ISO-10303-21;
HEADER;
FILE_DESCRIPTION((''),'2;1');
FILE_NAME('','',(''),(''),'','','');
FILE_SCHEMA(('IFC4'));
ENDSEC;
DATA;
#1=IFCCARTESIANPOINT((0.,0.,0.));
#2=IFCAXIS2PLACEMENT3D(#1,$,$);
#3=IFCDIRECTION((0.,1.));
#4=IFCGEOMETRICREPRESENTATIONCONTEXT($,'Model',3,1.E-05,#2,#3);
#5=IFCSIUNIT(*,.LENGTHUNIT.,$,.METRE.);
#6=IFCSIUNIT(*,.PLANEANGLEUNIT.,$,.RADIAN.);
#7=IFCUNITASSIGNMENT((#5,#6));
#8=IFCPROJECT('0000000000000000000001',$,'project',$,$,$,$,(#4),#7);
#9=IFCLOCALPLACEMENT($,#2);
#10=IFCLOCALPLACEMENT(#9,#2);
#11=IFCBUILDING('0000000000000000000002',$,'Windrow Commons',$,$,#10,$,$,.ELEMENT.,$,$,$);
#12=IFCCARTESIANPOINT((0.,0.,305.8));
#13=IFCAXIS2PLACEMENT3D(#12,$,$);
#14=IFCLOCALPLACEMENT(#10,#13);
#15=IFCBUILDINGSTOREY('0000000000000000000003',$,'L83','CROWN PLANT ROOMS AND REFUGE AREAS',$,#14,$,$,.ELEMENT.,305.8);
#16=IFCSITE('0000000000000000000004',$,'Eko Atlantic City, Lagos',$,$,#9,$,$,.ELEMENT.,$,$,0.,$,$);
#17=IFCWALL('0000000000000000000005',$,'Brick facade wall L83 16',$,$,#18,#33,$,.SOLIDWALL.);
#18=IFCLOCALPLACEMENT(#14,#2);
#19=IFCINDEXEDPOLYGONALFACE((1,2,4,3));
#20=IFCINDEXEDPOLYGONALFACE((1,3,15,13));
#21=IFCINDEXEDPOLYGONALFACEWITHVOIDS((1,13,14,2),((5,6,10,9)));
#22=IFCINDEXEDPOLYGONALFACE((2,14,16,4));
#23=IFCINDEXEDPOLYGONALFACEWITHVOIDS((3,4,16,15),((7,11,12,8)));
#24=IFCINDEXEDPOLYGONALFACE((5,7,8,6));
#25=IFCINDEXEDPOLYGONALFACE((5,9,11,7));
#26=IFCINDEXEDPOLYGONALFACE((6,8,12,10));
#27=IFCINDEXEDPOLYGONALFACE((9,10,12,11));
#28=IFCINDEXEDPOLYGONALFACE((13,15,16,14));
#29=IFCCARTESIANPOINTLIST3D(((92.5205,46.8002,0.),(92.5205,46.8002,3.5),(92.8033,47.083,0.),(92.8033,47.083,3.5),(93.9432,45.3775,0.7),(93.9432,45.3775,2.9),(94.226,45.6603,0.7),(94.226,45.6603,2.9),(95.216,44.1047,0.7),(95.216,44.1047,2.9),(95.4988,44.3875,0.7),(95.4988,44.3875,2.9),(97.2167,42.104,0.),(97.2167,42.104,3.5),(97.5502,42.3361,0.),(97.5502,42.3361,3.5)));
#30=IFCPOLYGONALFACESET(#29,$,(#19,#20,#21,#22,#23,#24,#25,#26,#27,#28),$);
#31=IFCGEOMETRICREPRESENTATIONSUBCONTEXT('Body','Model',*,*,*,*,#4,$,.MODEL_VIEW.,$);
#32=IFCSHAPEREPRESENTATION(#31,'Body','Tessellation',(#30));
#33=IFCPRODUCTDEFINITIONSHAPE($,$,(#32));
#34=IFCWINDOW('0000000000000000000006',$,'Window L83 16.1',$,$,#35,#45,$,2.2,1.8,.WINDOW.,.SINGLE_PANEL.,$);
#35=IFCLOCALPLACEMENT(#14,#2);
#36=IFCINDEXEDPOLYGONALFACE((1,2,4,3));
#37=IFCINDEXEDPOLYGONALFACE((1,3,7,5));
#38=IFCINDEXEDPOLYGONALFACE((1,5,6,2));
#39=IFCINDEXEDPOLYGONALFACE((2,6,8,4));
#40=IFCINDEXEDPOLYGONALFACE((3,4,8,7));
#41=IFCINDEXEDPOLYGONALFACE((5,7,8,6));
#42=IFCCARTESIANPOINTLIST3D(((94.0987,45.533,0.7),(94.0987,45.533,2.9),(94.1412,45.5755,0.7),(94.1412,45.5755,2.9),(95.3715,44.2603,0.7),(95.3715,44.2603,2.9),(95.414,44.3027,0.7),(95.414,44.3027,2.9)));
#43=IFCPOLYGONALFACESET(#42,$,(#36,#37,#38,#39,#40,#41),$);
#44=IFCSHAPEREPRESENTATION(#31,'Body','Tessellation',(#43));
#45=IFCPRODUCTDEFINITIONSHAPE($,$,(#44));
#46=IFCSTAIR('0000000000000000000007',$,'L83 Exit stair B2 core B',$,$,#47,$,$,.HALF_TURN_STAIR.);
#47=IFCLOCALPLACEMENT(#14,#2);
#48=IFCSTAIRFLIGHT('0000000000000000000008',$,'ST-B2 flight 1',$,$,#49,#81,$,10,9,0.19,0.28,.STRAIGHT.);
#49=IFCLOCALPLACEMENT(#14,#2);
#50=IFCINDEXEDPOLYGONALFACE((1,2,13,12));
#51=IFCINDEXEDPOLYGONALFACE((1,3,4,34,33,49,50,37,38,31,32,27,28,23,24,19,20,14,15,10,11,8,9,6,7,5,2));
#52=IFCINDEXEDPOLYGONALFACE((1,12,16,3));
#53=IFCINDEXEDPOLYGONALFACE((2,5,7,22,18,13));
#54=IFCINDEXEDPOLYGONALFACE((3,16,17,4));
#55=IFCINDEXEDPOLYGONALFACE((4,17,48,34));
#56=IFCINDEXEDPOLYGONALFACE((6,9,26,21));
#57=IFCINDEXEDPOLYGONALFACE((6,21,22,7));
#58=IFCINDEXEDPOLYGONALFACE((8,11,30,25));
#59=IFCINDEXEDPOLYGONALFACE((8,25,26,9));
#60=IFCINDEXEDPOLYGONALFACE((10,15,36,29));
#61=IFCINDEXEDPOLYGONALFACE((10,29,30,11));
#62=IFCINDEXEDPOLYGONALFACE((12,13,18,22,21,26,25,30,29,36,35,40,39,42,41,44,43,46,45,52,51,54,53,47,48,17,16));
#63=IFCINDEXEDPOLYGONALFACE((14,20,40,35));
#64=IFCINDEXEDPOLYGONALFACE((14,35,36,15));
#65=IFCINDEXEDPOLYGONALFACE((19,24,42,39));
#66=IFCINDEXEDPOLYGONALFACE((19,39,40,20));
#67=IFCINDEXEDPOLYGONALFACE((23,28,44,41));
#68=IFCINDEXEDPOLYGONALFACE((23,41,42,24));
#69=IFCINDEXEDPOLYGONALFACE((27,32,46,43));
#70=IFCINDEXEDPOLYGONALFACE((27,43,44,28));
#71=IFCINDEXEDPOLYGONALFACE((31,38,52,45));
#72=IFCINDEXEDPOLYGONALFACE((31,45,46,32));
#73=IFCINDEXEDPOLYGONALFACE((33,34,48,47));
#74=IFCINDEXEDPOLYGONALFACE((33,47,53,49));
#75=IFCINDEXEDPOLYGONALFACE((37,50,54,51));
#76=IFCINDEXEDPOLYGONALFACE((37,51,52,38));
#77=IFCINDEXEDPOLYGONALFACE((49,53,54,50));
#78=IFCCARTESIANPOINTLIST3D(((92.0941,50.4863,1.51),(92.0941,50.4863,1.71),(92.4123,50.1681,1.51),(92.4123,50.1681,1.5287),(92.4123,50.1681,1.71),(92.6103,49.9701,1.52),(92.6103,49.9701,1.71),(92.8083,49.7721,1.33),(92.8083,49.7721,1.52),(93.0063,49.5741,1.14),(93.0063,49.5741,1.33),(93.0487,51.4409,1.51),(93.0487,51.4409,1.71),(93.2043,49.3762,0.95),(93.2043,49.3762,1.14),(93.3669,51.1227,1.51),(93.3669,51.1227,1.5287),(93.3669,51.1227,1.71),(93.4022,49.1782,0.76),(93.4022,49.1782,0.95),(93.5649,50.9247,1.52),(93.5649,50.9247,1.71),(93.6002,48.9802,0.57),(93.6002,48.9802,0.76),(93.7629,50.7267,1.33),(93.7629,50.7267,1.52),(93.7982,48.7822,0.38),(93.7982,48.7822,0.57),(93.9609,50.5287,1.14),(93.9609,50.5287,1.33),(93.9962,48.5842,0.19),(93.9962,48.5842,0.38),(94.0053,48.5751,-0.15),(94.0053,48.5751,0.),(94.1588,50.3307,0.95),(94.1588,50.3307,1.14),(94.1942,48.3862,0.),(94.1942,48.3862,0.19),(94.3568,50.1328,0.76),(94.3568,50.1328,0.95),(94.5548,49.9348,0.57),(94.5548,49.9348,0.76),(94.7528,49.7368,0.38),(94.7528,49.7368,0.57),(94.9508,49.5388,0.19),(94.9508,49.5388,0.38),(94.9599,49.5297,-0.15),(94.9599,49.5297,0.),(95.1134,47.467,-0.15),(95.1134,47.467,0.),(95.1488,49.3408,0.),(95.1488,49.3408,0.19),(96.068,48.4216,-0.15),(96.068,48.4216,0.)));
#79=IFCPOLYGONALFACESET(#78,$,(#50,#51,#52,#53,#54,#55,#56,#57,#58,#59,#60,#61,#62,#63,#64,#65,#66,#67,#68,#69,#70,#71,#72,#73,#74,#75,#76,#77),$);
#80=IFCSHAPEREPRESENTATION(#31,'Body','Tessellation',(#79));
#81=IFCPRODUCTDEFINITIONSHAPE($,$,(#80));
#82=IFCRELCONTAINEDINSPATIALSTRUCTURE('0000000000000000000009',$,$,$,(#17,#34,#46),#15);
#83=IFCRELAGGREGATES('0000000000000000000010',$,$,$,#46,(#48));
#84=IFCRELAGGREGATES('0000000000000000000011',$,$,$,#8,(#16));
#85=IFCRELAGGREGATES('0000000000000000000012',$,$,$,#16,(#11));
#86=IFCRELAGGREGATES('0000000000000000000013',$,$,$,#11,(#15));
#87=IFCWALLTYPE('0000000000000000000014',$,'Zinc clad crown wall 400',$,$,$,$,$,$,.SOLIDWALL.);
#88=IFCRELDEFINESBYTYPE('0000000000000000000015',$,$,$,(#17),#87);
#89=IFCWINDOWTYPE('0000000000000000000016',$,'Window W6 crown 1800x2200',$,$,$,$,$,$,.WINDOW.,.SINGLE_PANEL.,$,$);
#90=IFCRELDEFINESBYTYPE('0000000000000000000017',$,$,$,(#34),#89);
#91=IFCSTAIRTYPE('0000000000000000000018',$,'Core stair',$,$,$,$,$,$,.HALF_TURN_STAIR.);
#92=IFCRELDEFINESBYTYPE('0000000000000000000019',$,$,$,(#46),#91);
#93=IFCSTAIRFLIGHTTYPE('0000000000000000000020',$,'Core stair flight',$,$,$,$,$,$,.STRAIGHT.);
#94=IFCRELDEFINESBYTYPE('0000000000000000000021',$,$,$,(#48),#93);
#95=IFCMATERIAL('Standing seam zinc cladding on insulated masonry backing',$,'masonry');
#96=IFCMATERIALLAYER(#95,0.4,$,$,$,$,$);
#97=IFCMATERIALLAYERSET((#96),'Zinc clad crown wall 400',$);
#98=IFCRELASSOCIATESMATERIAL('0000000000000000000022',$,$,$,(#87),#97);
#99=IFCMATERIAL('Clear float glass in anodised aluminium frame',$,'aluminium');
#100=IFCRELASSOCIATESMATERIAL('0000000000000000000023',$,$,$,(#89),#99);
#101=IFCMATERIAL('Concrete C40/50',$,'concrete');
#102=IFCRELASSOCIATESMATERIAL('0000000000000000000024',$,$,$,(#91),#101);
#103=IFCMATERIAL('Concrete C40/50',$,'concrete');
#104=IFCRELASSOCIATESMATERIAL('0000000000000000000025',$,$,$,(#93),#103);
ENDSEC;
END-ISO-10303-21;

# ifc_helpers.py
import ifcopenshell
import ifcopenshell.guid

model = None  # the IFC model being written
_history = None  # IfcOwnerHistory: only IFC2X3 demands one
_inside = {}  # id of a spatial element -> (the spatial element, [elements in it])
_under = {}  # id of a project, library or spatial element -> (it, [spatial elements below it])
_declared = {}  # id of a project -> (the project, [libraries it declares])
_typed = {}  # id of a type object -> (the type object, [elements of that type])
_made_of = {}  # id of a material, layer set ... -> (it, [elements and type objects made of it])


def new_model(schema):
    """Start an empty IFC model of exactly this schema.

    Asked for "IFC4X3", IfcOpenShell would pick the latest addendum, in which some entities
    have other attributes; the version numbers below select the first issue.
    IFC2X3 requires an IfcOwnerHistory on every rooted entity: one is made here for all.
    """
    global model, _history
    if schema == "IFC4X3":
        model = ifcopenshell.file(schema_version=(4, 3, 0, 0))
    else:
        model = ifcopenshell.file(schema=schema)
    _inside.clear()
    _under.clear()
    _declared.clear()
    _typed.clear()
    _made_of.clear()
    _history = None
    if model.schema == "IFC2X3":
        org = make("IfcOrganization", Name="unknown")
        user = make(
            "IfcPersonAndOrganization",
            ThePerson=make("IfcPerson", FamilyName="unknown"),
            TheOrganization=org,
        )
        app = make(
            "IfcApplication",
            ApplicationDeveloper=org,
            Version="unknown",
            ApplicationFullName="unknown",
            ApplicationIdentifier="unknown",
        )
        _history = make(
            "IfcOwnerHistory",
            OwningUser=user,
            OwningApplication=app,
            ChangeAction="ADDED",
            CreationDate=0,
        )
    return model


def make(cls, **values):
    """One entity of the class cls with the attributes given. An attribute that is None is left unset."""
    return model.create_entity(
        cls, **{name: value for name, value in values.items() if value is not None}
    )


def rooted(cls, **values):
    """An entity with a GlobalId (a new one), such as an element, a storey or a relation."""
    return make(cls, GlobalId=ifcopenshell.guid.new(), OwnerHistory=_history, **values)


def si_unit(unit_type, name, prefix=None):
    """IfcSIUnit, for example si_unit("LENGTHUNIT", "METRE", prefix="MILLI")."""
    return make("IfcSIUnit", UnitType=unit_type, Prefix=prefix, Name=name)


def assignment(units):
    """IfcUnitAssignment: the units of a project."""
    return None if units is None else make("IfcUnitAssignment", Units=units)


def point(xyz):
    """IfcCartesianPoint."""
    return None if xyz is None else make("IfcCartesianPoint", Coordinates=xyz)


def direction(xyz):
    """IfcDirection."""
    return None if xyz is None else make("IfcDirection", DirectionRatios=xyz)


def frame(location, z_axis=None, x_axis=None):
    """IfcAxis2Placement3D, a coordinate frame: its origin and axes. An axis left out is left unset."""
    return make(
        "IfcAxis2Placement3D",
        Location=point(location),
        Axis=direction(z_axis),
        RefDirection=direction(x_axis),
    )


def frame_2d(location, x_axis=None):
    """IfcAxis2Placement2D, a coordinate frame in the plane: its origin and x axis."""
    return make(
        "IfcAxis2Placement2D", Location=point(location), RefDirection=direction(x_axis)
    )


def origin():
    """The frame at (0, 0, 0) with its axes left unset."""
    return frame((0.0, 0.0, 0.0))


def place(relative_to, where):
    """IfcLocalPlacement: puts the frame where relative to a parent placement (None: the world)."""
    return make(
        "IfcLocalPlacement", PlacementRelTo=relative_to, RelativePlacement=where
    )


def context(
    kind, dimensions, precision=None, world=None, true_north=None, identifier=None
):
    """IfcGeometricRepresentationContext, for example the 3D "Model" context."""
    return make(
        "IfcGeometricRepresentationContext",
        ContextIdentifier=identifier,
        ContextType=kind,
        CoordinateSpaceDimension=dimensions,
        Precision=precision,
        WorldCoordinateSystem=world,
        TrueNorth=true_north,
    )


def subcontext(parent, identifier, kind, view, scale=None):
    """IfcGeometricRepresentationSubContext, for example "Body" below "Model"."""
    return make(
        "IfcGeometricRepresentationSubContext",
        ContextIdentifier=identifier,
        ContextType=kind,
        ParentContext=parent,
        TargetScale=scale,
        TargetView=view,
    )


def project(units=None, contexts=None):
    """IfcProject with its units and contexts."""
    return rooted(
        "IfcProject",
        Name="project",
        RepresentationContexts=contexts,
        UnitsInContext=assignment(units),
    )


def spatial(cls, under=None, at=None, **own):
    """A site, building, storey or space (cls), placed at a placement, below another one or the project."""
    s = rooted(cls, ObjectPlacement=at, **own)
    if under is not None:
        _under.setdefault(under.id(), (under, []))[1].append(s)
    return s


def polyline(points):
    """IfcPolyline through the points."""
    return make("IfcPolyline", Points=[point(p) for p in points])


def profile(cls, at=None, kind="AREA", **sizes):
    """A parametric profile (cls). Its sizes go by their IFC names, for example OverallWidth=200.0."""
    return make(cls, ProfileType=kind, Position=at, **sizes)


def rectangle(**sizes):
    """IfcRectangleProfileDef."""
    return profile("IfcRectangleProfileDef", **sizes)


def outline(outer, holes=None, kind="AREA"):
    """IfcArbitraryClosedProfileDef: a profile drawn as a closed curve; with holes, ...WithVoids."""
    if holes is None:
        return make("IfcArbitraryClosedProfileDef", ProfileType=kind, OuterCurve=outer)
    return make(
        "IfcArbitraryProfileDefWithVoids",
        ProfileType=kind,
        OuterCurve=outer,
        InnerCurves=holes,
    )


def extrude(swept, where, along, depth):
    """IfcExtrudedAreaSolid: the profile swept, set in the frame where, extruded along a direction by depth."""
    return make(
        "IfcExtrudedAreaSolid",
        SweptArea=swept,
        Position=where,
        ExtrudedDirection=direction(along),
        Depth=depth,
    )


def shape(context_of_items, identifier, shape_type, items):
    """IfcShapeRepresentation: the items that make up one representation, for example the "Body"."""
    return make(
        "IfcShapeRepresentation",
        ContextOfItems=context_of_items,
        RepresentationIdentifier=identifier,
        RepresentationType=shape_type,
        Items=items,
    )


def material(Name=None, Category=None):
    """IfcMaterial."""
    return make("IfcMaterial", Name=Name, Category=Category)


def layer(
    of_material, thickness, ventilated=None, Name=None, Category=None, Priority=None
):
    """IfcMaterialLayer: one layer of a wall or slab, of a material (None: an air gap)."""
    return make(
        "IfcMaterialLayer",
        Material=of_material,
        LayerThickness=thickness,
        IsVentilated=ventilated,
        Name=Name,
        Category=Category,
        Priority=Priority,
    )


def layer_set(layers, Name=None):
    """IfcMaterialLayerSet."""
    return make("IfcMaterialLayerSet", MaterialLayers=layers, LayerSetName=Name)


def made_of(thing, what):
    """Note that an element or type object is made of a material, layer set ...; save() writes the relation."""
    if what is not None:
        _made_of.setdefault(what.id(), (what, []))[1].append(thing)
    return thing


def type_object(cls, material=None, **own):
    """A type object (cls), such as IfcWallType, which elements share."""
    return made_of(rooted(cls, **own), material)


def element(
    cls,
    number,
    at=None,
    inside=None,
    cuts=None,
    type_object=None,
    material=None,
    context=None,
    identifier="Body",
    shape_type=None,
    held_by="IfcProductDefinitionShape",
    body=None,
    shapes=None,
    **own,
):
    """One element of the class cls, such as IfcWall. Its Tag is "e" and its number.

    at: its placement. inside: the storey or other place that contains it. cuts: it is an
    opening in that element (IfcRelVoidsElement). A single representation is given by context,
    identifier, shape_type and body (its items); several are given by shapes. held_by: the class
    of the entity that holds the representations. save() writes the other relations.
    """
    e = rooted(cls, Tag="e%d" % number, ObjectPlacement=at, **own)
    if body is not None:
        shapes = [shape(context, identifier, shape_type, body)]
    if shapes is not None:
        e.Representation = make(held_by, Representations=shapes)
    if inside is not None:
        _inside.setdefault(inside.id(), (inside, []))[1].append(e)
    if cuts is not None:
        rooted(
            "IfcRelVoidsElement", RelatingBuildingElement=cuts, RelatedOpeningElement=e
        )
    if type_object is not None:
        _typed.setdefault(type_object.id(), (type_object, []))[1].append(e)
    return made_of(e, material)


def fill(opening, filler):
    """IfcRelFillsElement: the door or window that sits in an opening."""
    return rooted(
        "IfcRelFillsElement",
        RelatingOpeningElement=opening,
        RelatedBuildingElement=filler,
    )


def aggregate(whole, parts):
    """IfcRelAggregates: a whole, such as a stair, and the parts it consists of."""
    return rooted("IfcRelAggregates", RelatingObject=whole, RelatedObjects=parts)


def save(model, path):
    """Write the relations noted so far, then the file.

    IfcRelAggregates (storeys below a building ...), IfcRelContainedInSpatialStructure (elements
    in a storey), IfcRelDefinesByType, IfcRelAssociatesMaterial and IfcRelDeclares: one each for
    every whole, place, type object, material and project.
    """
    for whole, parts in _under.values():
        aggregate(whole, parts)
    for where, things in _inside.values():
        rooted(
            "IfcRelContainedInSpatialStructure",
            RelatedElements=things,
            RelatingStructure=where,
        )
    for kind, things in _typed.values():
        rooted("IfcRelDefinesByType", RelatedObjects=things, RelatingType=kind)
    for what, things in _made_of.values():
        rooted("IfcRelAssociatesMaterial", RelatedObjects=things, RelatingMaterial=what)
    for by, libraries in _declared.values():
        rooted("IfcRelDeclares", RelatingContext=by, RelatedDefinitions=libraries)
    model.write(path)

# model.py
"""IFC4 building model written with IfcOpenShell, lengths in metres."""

from ifc_helpers import new_model, si_unit, direction, frame, frame_2d, origin, place, context, subcontext, project, spatial, polyline, rectangle, outline, extrude, material, layer, layer_set, type_object, element, fill, aggregate, save


model = new_model("IFC4")

# Units and contexts
model_context = context("Model", 3, precision=1e-05, world=origin(), true_north=direction((0.0, 1.0)))
body_context = subcontext(model_context, "Body", "Model", "MODEL_VIEW")
ifc_project = project(units=[si_unit("LENGTHUNIT", "METRE"), si_unit("PLANEANGLEUNIT", "RADIAN")], contexts=[model_context])

# Site, building, storey
site_placement = place(None, origin())
site = spatial("IfcSite", under=ifc_project, at=site_placement, Name="Eko Atlantic City, Lagos", CompositionType="ELEMENT", RefElevation=0.0)
building_placement = place(site_placement, origin())
building = spatial("IfcBuilding", under=site, at=building_placement, Name="Windrow Commons", CompositionType="ELEMENT")
storey_placement = place(building_placement, frame((0.0, 0.0, 305.8)))
storey = spatial("IfcBuildingStorey", under=building, at=storey_placement, Name="L83", Description="CROWN PLANT ROOMS AND REFUGE AREAS", CompositionType="ELEMENT", Elevation=305.8)

# Wall, opening, window
ifc_material_1 = material(Name="Standing seam zinc cladding on insulated masonry backing", Category="masonry")
ifc_layer_1 = layer(ifc_material_1, 0.4)
ifc_layer_set_1 = layer_set([ifc_layer_1], Name="Zinc clad crown wall 400")
wall_type_1 = type_object("IfcWallType", Name="Zinc clad crown wall 400", PredefinedType="SOLIDWALL", material=ifc_layer_set_1)
ifc_material_2 = material(Name="Clear float glass in anodised aluminium frame", Category="aluminium")
window_type = type_object("IfcWindowType", Name="Window W6 crown 1800x2200", PartitioningType="SINGLE_PANEL", PredefinedType="WINDOW", material=ifc_material_2)
wall_1_placement = place(storey_placement, frame((92.6619, 46.9416, 0.0), z_axis=(0.0, 0.0, 1.0), x_axis=(0.707107, -0.707107, 0.0)))
wall_1 = element("IfcWall", 1, at=wall_1_placement, inside=storey, type_object=wall_type_1, Name="Brick facade wall L83 16", PredefinedType="SOLIDWALL", context=body_context, shape_type="SweptSolid", body=[
    extrude(outline(polyline([(0.0, -0.2), (6.6414, -0.2), (6.7131, 0.2), (0.0, 0.2), (0.0, -0.2)])), origin(), (0.0, 0.0, 1.0), 3.5),
])
opening_1_placement = place(wall_1_placement, frame((2.012, 0.0, 0.7)))
opening_1 = element("IfcOpeningElement", 2, at=opening_1_placement, cuts=wall_1, PredefinedType="OPENING", context=body_context, shape_type="SweptSolid", body=[
    extrude(rectangle(XDim=1.8, YDim=2.2, at=frame_2d((0.9, 1.1))), frame((0.0, 0.21, 0.0), z_axis=(0.0, -1.0, 0.0), x_axis=(1.0, 0.0, 0.0)), (0.0, 0.0, 1.0), 0.42),
])
window_1_placement = place(opening_1_placement, origin())
window_1 = element("IfcWindow", 3, at=window_1_placement, inside=storey, type_object=window_type, Name="Window L83 16.1", OverallHeight=2.2, OverallWidth=1.8, PartitioningType="SINGLE_PANEL", PredefinedType="WINDOW", context=body_context, shape_type="SweptSolid", body=[
    extrude(rectangle(XDim=1.8, YDim=2.2, at=frame_2d((0.9, 1.1))), frame((0.0, 0.08, 0.0), z_axis=(0.0, -1.0, 0.0), x_axis=(1.0, 0.0, 0.0)), (0.0, 0.0, 1.0), 0.06),
])
fill(opening_1, window_1)

# Stair, stair flight
ifc_material_3 = material(Name="Concrete C40/50", Category="concrete")
stair_type = type_object("IfcStairType", Name="Core stair", PredefinedType="HALF_TURN_STAIR", material=ifc_material_3)
stair_placement = place(storey_placement, origin())
stair = element("IfcStair", 4, at=stair_placement, inside=storey, type_object=stair_type, Name="L83 Exit stair B2 core B", PredefinedType="HALF_TURN_STAIR")
ifc_material_4 = material(Name="Concrete C40/50", Category="concrete")
stair_flight_type = type_object("IfcStairFlightType", Name="Core stair flight", PredefinedType="STRAIGHT", material=ifc_material_4)
stair_flight_placement = place(storey_placement, frame((94.6715, 48.8635, 0.0), z_axis=(0.0, 0.0, 1.0), x_axis=(-0.707107, 0.707107, 0.0)))
stair_flight = element("IfcStairFlight", 5, at=stair_flight_placement, type_object=stair_flight_type, Name="ST-B2 flight 1", NumberOfRisers=10, NumberOfTreads=9, PredefinedType="STRAIGHT", RiserHeight=0.19, TreadLength=0.28, context=body_context, shape_type="SweptSolid", body=[
    extrude(outline(polyline([(-1.3, -0.15), (-1.3, 0.0), (0.0, 0.0), (0.0, 0.19), (0.28, 0.19), (0.28, 0.38), (0.56, 0.38), (0.56, 0.57), (0.84, 0.57), (0.84, 0.76), (1.12, 0.76), (1.12, 0.95), (1.4, 0.95), (1.4, 1.14), (1.68, 1.14), (1.68, 1.33), (1.96, 1.33), (1.96, 1.52), (2.24, 1.52), (2.24, 1.71), (2.52, 1.71), (2.97, 1.71), (2.97, 1.51), (2.52, 1.51), (2.52, 1.5287), (0.2671, 0.0), (0.2671, -0.15), (-1.3, -0.15)])), frame((0.0, 0.675, 0.0), z_axis=(0.0, -1.0, 0.0), x_axis=(1.0, 0.0, 0.0)), (0.0, 0.0, 1.0), 1.35),
])
aggregate(stair, [stair_flight])

save(model, "model.ifc")
